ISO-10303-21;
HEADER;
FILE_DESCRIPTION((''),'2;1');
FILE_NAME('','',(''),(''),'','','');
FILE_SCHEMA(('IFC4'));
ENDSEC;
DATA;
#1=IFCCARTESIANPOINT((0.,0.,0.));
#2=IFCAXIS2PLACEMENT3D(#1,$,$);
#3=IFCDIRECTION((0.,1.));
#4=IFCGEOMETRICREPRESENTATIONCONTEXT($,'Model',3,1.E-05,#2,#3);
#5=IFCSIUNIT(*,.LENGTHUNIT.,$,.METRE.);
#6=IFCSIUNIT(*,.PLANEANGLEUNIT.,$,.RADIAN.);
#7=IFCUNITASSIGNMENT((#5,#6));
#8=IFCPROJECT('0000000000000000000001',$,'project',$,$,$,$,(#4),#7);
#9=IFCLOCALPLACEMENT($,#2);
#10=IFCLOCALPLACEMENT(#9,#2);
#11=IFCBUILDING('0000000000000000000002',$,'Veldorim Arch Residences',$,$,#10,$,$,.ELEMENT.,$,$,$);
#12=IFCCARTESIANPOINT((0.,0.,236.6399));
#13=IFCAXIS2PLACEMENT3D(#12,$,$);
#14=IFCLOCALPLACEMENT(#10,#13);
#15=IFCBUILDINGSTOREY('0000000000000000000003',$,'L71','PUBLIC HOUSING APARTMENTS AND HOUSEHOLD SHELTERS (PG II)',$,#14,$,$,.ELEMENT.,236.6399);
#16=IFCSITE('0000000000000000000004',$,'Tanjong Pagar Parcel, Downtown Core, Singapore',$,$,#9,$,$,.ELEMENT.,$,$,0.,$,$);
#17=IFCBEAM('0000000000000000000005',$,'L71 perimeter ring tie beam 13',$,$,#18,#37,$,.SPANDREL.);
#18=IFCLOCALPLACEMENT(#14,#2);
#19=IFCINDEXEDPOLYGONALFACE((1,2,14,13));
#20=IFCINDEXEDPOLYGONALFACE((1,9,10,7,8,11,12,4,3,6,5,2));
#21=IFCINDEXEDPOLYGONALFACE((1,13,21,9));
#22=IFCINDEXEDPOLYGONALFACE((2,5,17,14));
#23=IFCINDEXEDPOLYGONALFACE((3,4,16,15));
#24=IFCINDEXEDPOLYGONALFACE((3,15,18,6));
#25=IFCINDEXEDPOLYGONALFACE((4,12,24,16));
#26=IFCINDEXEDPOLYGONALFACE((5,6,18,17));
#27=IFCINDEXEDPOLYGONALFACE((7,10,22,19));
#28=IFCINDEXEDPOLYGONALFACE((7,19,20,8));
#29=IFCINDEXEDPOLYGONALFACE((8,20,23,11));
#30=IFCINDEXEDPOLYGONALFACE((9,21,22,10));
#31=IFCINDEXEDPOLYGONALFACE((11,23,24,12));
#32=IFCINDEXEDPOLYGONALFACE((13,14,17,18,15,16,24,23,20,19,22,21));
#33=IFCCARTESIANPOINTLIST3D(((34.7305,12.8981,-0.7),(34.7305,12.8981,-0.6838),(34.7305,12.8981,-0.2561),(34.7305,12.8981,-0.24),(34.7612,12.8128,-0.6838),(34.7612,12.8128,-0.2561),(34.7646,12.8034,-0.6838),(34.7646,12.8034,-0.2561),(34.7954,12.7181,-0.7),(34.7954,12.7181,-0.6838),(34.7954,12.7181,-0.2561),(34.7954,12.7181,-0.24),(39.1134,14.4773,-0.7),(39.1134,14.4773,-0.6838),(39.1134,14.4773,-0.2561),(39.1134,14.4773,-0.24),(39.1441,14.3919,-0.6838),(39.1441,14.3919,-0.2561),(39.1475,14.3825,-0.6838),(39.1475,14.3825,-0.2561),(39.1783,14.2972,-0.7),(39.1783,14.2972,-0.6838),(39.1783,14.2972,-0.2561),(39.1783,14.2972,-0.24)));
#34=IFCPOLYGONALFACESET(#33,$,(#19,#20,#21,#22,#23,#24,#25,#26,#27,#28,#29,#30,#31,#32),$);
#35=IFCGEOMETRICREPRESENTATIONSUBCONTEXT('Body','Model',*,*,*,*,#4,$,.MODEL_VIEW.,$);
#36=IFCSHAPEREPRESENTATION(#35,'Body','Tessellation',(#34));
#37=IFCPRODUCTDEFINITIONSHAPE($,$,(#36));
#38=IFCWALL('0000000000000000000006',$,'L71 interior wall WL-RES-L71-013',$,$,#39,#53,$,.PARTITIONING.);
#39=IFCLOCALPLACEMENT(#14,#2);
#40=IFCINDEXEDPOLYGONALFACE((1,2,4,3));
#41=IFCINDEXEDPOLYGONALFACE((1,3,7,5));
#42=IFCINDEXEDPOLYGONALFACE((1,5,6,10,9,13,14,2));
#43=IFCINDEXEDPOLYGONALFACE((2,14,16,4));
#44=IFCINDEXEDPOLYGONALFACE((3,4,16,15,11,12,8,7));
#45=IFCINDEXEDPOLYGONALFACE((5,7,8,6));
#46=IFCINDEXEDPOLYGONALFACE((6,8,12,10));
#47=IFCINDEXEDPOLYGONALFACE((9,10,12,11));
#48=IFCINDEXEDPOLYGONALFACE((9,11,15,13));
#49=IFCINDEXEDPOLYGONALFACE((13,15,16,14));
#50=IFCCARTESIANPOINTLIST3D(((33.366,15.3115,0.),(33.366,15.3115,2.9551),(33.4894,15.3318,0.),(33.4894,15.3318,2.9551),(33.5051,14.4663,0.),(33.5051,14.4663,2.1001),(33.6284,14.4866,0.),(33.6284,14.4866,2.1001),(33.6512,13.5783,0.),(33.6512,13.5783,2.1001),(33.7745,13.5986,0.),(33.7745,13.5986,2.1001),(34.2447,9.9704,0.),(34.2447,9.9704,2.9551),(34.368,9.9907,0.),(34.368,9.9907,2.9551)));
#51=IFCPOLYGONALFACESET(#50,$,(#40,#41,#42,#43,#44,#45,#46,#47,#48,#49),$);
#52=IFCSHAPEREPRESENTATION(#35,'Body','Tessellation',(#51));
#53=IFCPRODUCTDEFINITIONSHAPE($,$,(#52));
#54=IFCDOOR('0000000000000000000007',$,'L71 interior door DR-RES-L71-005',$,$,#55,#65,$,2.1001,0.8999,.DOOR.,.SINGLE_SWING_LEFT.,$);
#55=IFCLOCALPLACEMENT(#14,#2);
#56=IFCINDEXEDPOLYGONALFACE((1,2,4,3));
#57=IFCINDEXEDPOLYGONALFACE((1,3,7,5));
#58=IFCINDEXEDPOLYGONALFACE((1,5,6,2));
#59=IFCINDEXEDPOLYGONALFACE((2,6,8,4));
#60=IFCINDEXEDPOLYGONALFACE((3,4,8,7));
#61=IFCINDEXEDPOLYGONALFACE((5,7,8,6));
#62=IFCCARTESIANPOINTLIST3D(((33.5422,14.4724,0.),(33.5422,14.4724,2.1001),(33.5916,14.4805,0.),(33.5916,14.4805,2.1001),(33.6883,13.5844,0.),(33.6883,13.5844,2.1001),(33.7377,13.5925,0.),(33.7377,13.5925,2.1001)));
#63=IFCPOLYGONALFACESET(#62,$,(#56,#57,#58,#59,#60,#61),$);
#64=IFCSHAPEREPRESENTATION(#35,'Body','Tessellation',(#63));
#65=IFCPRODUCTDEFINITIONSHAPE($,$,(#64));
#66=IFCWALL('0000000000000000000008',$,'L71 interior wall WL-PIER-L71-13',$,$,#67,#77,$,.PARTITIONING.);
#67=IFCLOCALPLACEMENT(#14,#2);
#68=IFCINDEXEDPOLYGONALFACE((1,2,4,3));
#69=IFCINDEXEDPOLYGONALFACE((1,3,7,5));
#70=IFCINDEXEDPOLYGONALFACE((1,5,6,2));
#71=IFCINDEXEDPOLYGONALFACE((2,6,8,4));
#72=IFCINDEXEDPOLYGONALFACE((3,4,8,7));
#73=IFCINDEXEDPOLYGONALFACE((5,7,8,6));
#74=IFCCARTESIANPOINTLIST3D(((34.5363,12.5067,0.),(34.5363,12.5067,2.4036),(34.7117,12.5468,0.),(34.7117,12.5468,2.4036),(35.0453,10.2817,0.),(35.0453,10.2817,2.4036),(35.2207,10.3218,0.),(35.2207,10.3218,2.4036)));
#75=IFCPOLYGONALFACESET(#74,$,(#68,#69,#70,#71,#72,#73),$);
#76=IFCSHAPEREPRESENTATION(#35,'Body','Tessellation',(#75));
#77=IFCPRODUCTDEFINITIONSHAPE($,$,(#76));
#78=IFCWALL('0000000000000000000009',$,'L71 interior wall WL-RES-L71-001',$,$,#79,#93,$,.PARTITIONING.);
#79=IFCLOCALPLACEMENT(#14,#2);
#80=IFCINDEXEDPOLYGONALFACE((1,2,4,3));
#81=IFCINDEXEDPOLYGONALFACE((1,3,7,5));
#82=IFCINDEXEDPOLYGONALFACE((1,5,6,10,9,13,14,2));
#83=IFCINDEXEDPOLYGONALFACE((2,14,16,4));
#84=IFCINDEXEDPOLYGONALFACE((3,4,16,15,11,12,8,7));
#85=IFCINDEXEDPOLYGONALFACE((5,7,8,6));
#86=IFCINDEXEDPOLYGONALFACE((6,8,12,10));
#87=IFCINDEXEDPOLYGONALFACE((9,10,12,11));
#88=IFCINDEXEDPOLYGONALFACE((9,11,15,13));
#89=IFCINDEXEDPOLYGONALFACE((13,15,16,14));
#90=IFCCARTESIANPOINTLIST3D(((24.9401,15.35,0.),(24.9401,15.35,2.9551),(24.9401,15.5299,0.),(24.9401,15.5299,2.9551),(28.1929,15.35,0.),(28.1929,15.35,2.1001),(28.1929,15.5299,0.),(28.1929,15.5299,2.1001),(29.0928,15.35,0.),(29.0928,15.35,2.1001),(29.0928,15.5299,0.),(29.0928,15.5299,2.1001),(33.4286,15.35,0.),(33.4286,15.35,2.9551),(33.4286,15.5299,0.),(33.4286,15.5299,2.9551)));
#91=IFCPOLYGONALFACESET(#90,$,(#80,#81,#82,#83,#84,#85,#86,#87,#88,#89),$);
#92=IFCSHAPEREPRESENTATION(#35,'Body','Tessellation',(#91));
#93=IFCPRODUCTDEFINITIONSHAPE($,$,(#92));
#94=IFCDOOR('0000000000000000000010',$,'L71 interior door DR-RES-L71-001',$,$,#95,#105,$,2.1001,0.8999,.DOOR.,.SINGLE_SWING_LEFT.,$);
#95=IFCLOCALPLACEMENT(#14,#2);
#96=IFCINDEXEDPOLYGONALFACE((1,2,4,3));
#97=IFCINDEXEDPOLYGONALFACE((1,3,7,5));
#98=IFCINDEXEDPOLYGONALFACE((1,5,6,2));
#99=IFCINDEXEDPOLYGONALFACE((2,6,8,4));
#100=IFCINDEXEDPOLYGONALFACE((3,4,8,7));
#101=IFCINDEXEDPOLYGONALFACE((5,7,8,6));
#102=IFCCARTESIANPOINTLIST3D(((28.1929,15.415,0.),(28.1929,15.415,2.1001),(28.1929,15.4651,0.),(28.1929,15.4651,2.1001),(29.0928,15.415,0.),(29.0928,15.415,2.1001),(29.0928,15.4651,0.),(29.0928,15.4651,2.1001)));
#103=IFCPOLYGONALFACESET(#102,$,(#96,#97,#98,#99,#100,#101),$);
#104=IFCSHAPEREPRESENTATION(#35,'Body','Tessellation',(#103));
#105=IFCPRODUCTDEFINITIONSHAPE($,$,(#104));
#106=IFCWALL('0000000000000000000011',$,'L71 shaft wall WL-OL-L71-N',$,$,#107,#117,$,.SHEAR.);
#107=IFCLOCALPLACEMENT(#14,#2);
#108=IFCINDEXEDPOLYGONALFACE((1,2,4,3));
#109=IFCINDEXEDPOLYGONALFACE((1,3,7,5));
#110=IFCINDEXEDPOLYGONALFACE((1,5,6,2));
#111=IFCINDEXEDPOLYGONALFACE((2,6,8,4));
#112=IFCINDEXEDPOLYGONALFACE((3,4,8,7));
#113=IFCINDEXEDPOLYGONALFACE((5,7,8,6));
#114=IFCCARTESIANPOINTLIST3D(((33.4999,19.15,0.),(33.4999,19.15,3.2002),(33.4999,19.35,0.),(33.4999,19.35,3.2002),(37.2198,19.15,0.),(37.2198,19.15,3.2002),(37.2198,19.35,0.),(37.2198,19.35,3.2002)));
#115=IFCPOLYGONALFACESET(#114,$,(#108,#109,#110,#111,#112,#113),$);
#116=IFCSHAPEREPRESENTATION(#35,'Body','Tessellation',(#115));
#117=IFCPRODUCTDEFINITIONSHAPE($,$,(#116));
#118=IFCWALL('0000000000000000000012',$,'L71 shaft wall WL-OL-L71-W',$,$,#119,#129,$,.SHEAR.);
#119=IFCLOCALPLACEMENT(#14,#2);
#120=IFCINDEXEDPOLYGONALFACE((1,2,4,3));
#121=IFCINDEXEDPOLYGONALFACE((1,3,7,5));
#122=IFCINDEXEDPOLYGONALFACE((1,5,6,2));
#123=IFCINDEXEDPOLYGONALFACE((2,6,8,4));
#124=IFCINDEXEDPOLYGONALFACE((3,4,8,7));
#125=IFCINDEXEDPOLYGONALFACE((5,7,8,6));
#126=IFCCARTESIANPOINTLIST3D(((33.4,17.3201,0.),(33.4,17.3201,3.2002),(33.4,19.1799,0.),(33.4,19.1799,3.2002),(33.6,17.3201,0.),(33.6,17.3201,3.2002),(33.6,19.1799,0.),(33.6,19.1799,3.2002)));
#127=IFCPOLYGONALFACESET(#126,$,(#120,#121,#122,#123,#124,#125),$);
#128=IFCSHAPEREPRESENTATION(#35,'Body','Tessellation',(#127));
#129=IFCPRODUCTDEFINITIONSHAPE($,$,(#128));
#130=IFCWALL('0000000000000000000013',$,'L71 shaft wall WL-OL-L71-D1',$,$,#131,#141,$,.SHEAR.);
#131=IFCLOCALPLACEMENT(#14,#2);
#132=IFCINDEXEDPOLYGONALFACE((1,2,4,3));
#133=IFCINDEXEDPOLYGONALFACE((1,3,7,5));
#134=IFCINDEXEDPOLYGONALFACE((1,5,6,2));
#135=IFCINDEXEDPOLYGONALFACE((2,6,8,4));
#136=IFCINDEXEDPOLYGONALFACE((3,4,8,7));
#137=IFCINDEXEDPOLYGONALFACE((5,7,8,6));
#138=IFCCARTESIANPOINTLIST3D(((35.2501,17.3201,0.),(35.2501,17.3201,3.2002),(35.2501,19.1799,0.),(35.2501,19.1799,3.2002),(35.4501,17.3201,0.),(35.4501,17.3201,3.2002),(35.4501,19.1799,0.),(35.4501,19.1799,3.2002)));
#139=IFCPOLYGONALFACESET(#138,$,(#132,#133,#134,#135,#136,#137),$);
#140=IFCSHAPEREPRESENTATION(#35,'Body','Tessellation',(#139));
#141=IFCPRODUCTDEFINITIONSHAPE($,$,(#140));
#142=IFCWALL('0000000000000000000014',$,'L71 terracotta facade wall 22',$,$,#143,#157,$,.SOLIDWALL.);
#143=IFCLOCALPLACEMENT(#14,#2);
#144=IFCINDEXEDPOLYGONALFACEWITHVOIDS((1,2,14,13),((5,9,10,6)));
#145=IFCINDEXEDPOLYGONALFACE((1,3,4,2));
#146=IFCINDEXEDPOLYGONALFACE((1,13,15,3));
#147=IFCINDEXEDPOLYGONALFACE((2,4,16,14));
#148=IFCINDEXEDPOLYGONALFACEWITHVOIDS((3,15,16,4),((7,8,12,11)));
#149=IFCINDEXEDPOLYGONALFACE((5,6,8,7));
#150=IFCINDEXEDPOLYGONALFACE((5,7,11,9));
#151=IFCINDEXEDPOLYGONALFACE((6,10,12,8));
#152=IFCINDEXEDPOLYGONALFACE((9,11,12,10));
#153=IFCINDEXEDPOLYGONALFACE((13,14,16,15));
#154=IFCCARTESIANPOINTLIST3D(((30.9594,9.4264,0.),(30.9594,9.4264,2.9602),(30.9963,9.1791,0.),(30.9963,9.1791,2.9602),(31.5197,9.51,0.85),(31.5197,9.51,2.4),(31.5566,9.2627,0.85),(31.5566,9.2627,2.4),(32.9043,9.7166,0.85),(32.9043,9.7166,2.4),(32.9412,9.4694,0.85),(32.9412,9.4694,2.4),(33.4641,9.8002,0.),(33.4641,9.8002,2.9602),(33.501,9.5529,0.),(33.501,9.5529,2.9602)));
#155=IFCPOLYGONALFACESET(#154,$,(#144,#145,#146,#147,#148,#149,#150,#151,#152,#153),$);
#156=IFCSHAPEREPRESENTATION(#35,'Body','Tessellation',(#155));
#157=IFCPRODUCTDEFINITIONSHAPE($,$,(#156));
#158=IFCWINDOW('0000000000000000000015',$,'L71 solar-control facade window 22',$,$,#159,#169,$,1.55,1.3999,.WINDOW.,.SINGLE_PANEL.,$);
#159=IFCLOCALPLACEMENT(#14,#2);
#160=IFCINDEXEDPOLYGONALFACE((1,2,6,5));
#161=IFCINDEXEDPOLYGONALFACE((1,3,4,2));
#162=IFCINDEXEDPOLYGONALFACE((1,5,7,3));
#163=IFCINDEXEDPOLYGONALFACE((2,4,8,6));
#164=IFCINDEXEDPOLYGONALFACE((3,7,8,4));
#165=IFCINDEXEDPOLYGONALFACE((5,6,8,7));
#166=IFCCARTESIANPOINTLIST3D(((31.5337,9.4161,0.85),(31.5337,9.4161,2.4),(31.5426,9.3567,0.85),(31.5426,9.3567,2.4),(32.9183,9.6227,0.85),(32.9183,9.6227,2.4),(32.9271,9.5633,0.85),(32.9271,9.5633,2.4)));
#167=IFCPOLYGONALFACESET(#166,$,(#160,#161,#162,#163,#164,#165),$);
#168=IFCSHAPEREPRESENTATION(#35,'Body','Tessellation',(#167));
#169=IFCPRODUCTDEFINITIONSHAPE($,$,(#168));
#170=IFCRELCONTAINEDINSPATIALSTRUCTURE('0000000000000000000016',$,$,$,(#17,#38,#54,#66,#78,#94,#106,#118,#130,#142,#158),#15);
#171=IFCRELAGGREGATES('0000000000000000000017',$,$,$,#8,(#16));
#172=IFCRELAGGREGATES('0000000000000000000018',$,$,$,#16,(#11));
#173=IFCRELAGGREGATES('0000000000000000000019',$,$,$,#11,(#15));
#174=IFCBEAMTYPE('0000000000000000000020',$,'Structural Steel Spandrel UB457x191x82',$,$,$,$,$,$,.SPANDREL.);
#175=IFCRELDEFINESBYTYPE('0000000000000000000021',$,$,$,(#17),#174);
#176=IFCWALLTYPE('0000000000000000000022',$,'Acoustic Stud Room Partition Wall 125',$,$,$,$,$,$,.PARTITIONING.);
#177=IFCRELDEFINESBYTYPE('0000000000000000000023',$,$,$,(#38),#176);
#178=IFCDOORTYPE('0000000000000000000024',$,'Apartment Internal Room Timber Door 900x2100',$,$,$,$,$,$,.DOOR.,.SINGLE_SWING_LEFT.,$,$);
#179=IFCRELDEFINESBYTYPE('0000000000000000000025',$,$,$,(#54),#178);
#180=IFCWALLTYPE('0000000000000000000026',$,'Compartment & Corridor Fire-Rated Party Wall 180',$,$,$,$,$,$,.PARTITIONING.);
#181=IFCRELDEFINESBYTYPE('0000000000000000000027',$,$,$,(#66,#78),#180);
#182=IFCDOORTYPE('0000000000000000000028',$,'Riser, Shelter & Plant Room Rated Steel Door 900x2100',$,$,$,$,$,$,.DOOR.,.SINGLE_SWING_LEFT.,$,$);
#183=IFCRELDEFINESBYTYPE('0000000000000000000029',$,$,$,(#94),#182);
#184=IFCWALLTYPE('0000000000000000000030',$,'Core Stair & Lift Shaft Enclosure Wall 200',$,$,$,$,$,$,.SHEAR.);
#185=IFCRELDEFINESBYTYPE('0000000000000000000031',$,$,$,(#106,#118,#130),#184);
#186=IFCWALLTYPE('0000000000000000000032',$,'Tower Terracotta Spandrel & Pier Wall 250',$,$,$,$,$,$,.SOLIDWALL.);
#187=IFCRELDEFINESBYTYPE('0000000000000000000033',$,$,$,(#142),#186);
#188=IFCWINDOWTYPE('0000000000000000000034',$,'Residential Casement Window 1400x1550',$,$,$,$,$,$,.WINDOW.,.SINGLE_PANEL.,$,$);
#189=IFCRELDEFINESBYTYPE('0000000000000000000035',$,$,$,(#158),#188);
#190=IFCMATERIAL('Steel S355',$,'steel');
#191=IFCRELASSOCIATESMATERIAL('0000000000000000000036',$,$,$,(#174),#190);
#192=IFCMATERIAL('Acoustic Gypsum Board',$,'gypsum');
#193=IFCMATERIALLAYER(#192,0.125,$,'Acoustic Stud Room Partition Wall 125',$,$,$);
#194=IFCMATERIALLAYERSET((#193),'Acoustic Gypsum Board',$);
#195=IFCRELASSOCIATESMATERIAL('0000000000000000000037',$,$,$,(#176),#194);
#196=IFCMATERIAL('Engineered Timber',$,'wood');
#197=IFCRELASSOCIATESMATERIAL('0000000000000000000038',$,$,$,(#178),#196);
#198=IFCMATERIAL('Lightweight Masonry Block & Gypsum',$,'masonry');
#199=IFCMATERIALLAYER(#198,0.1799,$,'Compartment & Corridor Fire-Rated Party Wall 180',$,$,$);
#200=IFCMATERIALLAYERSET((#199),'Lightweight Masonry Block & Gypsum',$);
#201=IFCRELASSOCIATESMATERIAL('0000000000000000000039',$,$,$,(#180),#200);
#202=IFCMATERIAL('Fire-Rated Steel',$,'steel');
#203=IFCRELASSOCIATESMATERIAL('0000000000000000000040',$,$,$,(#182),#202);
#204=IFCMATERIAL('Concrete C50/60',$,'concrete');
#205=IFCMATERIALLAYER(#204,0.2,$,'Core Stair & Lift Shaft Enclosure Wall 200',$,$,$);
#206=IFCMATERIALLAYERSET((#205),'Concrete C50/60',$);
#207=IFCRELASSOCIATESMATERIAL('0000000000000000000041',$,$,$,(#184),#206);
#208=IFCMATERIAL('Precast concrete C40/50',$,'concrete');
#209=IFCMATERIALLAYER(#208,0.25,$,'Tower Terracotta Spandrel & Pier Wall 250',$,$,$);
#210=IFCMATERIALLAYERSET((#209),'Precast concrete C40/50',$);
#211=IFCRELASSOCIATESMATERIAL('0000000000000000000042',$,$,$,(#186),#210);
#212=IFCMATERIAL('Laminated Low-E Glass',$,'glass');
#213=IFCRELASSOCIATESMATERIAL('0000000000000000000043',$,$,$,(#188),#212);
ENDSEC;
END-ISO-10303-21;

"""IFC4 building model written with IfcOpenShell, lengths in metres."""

from ifc_helpers import new_model, si_unit, direction, frame, frame_2d, origin, origin_2d, place, context, subcontext, project, spatial, rectangle, i_section, extrude, material, layer, layer_set, material_profile, profile_set, type_object, element, fill, save


model = new_model("IFC4")

# Units and contexts
model_context = context("Model", 3, precision=1e-05, world=origin(), true_north=direction((0.0, 1.0)))
body_context = subcontext(model_context, "Body", "Model", "MODEL_VIEW")
ifc_project = project(units=[si_unit("LENGTHUNIT", "METRE"), si_unit("PLANEANGLEUNIT", "RADIAN")], contexts=[model_context])

# Site, building, storey
site_placement = place(None, origin())
site = spatial("IfcSite", under=ifc_project, at=site_placement, Name="Tanjong Pagar Parcel, Downtown Core, Singapore", CompositionType="ELEMENT", RefElevation=0.0)
building_placement = place(site_placement, origin())
building = spatial("IfcBuilding", under=site, at=building_placement, Name="Veldorim Arch Residences", CompositionType="ELEMENT")
storey_placement = place(building_placement, frame((0.0, 0.0, 236.6399)))
storey = spatial("IfcBuildingStorey", under=building, at=storey_placement, Name="L71", Description="PUBLIC HOUSING APARTMENTS AND HOUSEHOLD SHELTERS (PG II)", CompositionType="ELEMENT", Elevation=236.6399)

# Beam
ifc_material_1 = material(Name="Steel S355", Category="steel")
ifc_material_profile_1 = material_profile(ifc_material_1, i_section(OverallWidth=0.1914, OverallDepth=0.46, WebThickness=0.01, FlangeThickness=0.0161, at=origin_2d()), Name="UB457x191x82")
ifc_profile_set_1 = profile_set([ifc_material_profile_1], Name="Steel S355")
beam_type_1 = type_object("IfcBeamType", Name="Structural Steel Spandrel UB457x191x82", PredefinedType="SPANDREL", material=ifc_profile_set_1)
beam_1_placement = place(storey_placement, frame((34.7629, 12.8081, -0.47), z_axis=(0.940799, 0.338964, 0.0), x_axis=(-0.338964, 0.940799, 0.0)))
element("IfcBeam", 1, at=beam_1_placement, inside=storey, type_object=beam_type_1, Name="L71 perimeter ring tie beam 13", PredefinedType="SPANDREL", context=body_context, shape_type="SweptSolid", body=[
    extrude(i_section(OverallWidth=0.1914, OverallDepth=0.46, WebThickness=0.01, FlangeThickness=0.0161, at=origin_2d()), origin(), (0.0, 0.0, 1.0), 4.6587),
])

# Wall, opening, door
ifc_material_2 = material(Name="Acoustic Gypsum Board", Category="gypsum")
ifc_layer_1 = layer(ifc_material_2, 0.125, Name="Acoustic Stud Room Partition Wall 125")
ifc_layer_set_1 = layer_set([ifc_layer_1], Name="Acoustic Gypsum Board")
wall_type_1 = type_object("IfcWallType", Name="Acoustic Stud Room Partition Wall 125", PredefinedType="PARTITIONING", material=ifc_layer_set_1)
wall_1_placement = place(storey_placement, frame((34.3064, 9.9805, 0.0), z_axis=(0.0, 0.0, 1.0), x_axis=(-0.162329, 0.986737, 0.0)))
wall_1 = element("IfcWall", 2, at=wall_1_placement, inside=storey, type_object=wall_type_1, Name="L71 interior wall WL-RES-L71-013", PredefinedType="PARTITIONING", context=body_context, shape_type="SweptSolid", body=[
    extrude(rectangle(XDim=5.4128, YDim=0.125, at=frame_2d((2.7065, 0.0))), origin(), (0.0, 0.0, 1.0), 2.9551),
])
opening_1_placement = place(wall_1_placement, frame((3.6565, 0.0, 0.0)))
opening_1 = element("IfcOpeningElement", 3, at=opening_1_placement, cuts=wall_1, PredefinedType="OPENING", context=body_context, shape_type="SweptSolid", body=[
    extrude(rectangle(XDim=0.8999, YDim=2.1001, at=frame_2d((0.45, 1.05))), frame((0.0, 0.0725, 0.0), z_axis=(0.0, -1.0, 0.0), x_axis=(1.0, 0.0, 0.0)), (0.0, 0.0, 1.0), 0.145),
])
ifc_material_3 = material(Name="Engineered Timber", Category="wood")
door_type_1 = type_object("IfcDoorType", Name="Apartment Internal Room Timber Door 900x2100", OperationType="SINGLE_SWING_LEFT", PredefinedType="DOOR", material=ifc_material_3)
door_1_placement = place(opening_1_placement, origin())
door_1 = element("IfcDoor", 4, at=door_1_placement, inside=storey, type_object=door_type_1, Name="L71 interior door DR-RES-L71-005", OperationType="SINGLE_SWING_LEFT", OverallHeight=2.1001, OverallWidth=0.8999, PredefinedType="DOOR", context=body_context, shape_type="SweptSolid", body=[
    extrude(rectangle(XDim=0.8999, YDim=2.1001, at=frame_2d((0.45, 1.05))), frame((0.0, 0.0249, 0.0), z_axis=(0.0, -1.0, 0.0), x_axis=(1.0, 0.0, 0.0)), (0.0, 0.0, 1.0), 0.05),
])
fill(opening_1, door_1)

# Wall
ifc_material_4 = material(Name="Lightweight Masonry Block & Gypsum", Category="masonry")
ifc_layer_2 = layer(ifc_material_4, 0.1799, Name="Compartment & Corridor Fire-Rated Party Wall 180")
ifc_layer_set_2 = layer_set([ifc_layer_2], Name="Lightweight Masonry Block & Gypsum")
wall_type_2 = type_object("IfcWallType", Name="Compartment & Corridor Fire-Rated Party Wall 180", PredefinedType="PARTITIONING", material=ifc_layer_set_2)
wall_2_placement = place(storey_placement, frame((34.624, 12.5266, 0.0), z_axis=(0.0, 0.0, 1.0), x_axis=(0.223008, -0.974817, 0.0)))
element("IfcWall", 5, at=wall_2_placement, inside=storey, type_object=wall_type_2, Name="L71 interior wall WL-PIER-L71-13", PredefinedType="PARTITIONING", context=body_context, shape_type="SweptSolid", body=[
    extrude(rectangle(XDim=2.2825, YDim=0.1799, at=frame_2d((1.1411, 0.0))), origin(), (0.0, 0.0, 1.0), 2.4036),
])

# Wall, opening, door
wall_3_placement = place(storey_placement, frame((33.4285, 15.4399, 0.0), z_axis=(0.0, 0.0, 1.0), x_axis=(-1.0, 0.0, 0.0)))
wall_3 = element("IfcWall", 6, at=wall_3_placement, inside=storey, type_object=wall_type_2, Name="L71 interior wall WL-RES-L71-001", PredefinedType="PARTITIONING", context=body_context, shape_type="SweptSolid", body=[
    extrude(rectangle(XDim=8.4885, YDim=0.1799, at=frame_2d((4.2441, 0.0))), origin(), (0.0, 0.0, 1.0), 2.9551),
])
opening_2_placement = place(wall_3_placement, frame((4.3357, 0.0, 0.0)))
opening_2 = element("IfcOpeningElement", 7, at=opening_2_placement, cuts=wall_3, PredefinedType="OPENING", context=body_context, shape_type="SweptSolid", body=[
    extrude(rectangle(XDim=0.8999, YDim=2.1001, at=frame_2d((0.45, 1.05))), frame((0.0, 0.0999, 0.0), z_axis=(0.0, -1.0, 0.0), x_axis=(1.0, 0.0, 0.0)), (0.0, 0.0, 1.0), 0.2),
])
ifc_material_5 = material(Name="Fire-Rated Steel", Category="steel")
door_type_2 = type_object("IfcDoorType", Name="Riser, Shelter & Plant Room Rated Steel Door 900x2100", OperationType="SINGLE_SWING_LEFT", PredefinedType="DOOR", material=ifc_material_5)
door_2_placement = place(opening_2_placement, origin())
door_2 = element("IfcDoor", 8, at=door_2_placement, inside=storey, type_object=door_type_2, Name="L71 interior door DR-RES-L71-001", OperationType="SINGLE_SWING_LEFT", OverallHeight=2.1001, OverallWidth=0.8999, PredefinedType="DOOR", context=body_context, shape_type="SweptSolid", body=[
    extrude(rectangle(XDim=0.8999, YDim=2.1001, at=frame_2d((0.45, 1.05))), frame((0.0, 0.0249, 0.0), z_axis=(0.0, -1.0, 0.0), x_axis=(1.0, 0.0, 0.0)), (0.0, 0.0, 1.0), 0.05),
])
fill(opening_2, door_2)

# Walls
ifc_material_6 = material(Name="Concrete C50/60", Category="concrete")
ifc_layer_3 = layer(ifc_material_6, 0.2, Name="Core Stair & Lift Shaft Enclosure Wall 200")
ifc_layer_set_3 = layer_set([ifc_layer_3], Name="Concrete C50/60")
wall_type_3 = type_object("IfcWallType", Name="Core Stair & Lift Shaft Enclosure Wall 200", PredefinedType="SHEAR", material=ifc_layer_set_3)
wall_4_placement = place(storey_placement, frame((33.5, 19.25, 0.0), z_axis=(0.0, 0.0, 1.0), x_axis=(1.0, 0.0, 0.0)))
element("IfcWall", 9, at=wall_4_placement, inside=storey, type_object=wall_type_3, Name="L71 shaft wall WL-OL-L71-N", PredefinedType="SHEAR", context=body_context, shape_type="SweptSolid", body=[
    extrude(rectangle(XDim=3.72, YDim=0.2, at=frame_2d((1.8599, 0.0))), origin(), (0.0, 0.0, 1.0), 3.2002),
])
for number, where, z_axis, x_axis, name in (
    (10, (33.5, 17.3201, 0.0), (0.0, 0.0, 1.0), (0.0, 1.0, 0.0), "L71 shaft wall WL-OL-L71-W"),
    (11, (35.3501, 17.3201, 0.0), (0.0, 0.0, 1.0), (0.0, 1.0, 0.0), "L71 shaft wall WL-OL-L71-D1"),
):
    element("IfcWall", number, at=place(storey_placement, frame(where, z_axis=z_axis, x_axis=x_axis)), inside=storey, type_object=wall_type_3, Name=name, PredefinedType="SHEAR", context=body_context, shape_type="SweptSolid", body=[
        extrude(rectangle(XDim=1.8599, YDim=0.2, at=frame_2d((0.9299, 0.0))), origin(), (0.0, 0.0, 1.0), 3.2002),
    ])

# Wall, opening, window
ifc_material_7 = material(Name="Precast concrete C40/50", Category="concrete")
ifc_layer_4 = layer(ifc_material_7, 0.25, Name="Tower Terracotta Spandrel & Pier Wall 250")
ifc_layer_set_4 = layer_set([ifc_layer_4], Name="Precast concrete C40/50")
wall_type_4 = type_object("IfcWallType", Name="Tower Terracotta Spandrel & Pier Wall 250", PredefinedType="SOLIDWALL", material=ifc_layer_set_4)
wall_5_placement = place(storey_placement, frame((33.4824, 9.6765, 0.0), z_axis=(0.0, 0.0, 1.0), x_axis=(-0.989047, -0.1476, 0.0)))
wall_5 = element("IfcWall", 12, at=wall_5_placement, inside=storey, type_object=wall_type_4, Name="L71 terracotta facade wall 22", PredefinedType="SOLIDWALL", context=body_context, shape_type="SweptSolid", body=[
    extrude(rectangle(XDim=2.5325, YDim=0.25, at=frame_2d((1.2661, 0.0))), origin(), (0.0, 0.0, 1.0), 2.9602),
])
opening_3_placement = place(wall_5_placement, frame((0.5659, 0.0, 0.8501)))
opening_3 = element("IfcOpeningElement", 13, at=opening_3_placement, cuts=wall_5, PredefinedType="OPENING", context=body_context, shape_type="SweptSolid", body=[
    extrude(rectangle(XDim=1.3999, YDim=1.55, at=frame_2d((0.7, 0.7749))), frame((0.0, 0.135, 0.0), z_axis=(0.0, -1.0, 0.0), x_axis=(1.0, 0.0, 0.0)), (0.0, 0.0, 1.0), 0.27),
])
ifc_material_8 = material(Name="Laminated Low-E Glass", Category="glass")
window_type = type_object("IfcWindowType", Name="Residential Casement Window 1400x1550", PartitioningType="SINGLE_PANEL", PredefinedType="WINDOW", material=ifc_material_8)
window_placement = place(opening_3_placement, origin())
window = element("IfcWindow", 14, at=window_placement, inside=storey, type_object=window_type, Name="L71 solar-control facade window 22", OverallHeight=1.55, OverallWidth=1.3999, PartitioningType="SINGLE_PANEL", PredefinedType="WINDOW", context=body_context, shape_type="SweptSolid", body=[
    extrude(rectangle(XDim=1.3999, YDim=1.55, at=frame_2d((0.7, 0.7749))), frame((0.0, 0.03, 0.0), z_axis=(0.0, -1.0, 0.0), x_axis=(1.0, 0.0, 0.0)), (0.0, 0.0, 1.0), 0.0601),
])
fill(opening_3, window)

save(model, "model.ifc")
